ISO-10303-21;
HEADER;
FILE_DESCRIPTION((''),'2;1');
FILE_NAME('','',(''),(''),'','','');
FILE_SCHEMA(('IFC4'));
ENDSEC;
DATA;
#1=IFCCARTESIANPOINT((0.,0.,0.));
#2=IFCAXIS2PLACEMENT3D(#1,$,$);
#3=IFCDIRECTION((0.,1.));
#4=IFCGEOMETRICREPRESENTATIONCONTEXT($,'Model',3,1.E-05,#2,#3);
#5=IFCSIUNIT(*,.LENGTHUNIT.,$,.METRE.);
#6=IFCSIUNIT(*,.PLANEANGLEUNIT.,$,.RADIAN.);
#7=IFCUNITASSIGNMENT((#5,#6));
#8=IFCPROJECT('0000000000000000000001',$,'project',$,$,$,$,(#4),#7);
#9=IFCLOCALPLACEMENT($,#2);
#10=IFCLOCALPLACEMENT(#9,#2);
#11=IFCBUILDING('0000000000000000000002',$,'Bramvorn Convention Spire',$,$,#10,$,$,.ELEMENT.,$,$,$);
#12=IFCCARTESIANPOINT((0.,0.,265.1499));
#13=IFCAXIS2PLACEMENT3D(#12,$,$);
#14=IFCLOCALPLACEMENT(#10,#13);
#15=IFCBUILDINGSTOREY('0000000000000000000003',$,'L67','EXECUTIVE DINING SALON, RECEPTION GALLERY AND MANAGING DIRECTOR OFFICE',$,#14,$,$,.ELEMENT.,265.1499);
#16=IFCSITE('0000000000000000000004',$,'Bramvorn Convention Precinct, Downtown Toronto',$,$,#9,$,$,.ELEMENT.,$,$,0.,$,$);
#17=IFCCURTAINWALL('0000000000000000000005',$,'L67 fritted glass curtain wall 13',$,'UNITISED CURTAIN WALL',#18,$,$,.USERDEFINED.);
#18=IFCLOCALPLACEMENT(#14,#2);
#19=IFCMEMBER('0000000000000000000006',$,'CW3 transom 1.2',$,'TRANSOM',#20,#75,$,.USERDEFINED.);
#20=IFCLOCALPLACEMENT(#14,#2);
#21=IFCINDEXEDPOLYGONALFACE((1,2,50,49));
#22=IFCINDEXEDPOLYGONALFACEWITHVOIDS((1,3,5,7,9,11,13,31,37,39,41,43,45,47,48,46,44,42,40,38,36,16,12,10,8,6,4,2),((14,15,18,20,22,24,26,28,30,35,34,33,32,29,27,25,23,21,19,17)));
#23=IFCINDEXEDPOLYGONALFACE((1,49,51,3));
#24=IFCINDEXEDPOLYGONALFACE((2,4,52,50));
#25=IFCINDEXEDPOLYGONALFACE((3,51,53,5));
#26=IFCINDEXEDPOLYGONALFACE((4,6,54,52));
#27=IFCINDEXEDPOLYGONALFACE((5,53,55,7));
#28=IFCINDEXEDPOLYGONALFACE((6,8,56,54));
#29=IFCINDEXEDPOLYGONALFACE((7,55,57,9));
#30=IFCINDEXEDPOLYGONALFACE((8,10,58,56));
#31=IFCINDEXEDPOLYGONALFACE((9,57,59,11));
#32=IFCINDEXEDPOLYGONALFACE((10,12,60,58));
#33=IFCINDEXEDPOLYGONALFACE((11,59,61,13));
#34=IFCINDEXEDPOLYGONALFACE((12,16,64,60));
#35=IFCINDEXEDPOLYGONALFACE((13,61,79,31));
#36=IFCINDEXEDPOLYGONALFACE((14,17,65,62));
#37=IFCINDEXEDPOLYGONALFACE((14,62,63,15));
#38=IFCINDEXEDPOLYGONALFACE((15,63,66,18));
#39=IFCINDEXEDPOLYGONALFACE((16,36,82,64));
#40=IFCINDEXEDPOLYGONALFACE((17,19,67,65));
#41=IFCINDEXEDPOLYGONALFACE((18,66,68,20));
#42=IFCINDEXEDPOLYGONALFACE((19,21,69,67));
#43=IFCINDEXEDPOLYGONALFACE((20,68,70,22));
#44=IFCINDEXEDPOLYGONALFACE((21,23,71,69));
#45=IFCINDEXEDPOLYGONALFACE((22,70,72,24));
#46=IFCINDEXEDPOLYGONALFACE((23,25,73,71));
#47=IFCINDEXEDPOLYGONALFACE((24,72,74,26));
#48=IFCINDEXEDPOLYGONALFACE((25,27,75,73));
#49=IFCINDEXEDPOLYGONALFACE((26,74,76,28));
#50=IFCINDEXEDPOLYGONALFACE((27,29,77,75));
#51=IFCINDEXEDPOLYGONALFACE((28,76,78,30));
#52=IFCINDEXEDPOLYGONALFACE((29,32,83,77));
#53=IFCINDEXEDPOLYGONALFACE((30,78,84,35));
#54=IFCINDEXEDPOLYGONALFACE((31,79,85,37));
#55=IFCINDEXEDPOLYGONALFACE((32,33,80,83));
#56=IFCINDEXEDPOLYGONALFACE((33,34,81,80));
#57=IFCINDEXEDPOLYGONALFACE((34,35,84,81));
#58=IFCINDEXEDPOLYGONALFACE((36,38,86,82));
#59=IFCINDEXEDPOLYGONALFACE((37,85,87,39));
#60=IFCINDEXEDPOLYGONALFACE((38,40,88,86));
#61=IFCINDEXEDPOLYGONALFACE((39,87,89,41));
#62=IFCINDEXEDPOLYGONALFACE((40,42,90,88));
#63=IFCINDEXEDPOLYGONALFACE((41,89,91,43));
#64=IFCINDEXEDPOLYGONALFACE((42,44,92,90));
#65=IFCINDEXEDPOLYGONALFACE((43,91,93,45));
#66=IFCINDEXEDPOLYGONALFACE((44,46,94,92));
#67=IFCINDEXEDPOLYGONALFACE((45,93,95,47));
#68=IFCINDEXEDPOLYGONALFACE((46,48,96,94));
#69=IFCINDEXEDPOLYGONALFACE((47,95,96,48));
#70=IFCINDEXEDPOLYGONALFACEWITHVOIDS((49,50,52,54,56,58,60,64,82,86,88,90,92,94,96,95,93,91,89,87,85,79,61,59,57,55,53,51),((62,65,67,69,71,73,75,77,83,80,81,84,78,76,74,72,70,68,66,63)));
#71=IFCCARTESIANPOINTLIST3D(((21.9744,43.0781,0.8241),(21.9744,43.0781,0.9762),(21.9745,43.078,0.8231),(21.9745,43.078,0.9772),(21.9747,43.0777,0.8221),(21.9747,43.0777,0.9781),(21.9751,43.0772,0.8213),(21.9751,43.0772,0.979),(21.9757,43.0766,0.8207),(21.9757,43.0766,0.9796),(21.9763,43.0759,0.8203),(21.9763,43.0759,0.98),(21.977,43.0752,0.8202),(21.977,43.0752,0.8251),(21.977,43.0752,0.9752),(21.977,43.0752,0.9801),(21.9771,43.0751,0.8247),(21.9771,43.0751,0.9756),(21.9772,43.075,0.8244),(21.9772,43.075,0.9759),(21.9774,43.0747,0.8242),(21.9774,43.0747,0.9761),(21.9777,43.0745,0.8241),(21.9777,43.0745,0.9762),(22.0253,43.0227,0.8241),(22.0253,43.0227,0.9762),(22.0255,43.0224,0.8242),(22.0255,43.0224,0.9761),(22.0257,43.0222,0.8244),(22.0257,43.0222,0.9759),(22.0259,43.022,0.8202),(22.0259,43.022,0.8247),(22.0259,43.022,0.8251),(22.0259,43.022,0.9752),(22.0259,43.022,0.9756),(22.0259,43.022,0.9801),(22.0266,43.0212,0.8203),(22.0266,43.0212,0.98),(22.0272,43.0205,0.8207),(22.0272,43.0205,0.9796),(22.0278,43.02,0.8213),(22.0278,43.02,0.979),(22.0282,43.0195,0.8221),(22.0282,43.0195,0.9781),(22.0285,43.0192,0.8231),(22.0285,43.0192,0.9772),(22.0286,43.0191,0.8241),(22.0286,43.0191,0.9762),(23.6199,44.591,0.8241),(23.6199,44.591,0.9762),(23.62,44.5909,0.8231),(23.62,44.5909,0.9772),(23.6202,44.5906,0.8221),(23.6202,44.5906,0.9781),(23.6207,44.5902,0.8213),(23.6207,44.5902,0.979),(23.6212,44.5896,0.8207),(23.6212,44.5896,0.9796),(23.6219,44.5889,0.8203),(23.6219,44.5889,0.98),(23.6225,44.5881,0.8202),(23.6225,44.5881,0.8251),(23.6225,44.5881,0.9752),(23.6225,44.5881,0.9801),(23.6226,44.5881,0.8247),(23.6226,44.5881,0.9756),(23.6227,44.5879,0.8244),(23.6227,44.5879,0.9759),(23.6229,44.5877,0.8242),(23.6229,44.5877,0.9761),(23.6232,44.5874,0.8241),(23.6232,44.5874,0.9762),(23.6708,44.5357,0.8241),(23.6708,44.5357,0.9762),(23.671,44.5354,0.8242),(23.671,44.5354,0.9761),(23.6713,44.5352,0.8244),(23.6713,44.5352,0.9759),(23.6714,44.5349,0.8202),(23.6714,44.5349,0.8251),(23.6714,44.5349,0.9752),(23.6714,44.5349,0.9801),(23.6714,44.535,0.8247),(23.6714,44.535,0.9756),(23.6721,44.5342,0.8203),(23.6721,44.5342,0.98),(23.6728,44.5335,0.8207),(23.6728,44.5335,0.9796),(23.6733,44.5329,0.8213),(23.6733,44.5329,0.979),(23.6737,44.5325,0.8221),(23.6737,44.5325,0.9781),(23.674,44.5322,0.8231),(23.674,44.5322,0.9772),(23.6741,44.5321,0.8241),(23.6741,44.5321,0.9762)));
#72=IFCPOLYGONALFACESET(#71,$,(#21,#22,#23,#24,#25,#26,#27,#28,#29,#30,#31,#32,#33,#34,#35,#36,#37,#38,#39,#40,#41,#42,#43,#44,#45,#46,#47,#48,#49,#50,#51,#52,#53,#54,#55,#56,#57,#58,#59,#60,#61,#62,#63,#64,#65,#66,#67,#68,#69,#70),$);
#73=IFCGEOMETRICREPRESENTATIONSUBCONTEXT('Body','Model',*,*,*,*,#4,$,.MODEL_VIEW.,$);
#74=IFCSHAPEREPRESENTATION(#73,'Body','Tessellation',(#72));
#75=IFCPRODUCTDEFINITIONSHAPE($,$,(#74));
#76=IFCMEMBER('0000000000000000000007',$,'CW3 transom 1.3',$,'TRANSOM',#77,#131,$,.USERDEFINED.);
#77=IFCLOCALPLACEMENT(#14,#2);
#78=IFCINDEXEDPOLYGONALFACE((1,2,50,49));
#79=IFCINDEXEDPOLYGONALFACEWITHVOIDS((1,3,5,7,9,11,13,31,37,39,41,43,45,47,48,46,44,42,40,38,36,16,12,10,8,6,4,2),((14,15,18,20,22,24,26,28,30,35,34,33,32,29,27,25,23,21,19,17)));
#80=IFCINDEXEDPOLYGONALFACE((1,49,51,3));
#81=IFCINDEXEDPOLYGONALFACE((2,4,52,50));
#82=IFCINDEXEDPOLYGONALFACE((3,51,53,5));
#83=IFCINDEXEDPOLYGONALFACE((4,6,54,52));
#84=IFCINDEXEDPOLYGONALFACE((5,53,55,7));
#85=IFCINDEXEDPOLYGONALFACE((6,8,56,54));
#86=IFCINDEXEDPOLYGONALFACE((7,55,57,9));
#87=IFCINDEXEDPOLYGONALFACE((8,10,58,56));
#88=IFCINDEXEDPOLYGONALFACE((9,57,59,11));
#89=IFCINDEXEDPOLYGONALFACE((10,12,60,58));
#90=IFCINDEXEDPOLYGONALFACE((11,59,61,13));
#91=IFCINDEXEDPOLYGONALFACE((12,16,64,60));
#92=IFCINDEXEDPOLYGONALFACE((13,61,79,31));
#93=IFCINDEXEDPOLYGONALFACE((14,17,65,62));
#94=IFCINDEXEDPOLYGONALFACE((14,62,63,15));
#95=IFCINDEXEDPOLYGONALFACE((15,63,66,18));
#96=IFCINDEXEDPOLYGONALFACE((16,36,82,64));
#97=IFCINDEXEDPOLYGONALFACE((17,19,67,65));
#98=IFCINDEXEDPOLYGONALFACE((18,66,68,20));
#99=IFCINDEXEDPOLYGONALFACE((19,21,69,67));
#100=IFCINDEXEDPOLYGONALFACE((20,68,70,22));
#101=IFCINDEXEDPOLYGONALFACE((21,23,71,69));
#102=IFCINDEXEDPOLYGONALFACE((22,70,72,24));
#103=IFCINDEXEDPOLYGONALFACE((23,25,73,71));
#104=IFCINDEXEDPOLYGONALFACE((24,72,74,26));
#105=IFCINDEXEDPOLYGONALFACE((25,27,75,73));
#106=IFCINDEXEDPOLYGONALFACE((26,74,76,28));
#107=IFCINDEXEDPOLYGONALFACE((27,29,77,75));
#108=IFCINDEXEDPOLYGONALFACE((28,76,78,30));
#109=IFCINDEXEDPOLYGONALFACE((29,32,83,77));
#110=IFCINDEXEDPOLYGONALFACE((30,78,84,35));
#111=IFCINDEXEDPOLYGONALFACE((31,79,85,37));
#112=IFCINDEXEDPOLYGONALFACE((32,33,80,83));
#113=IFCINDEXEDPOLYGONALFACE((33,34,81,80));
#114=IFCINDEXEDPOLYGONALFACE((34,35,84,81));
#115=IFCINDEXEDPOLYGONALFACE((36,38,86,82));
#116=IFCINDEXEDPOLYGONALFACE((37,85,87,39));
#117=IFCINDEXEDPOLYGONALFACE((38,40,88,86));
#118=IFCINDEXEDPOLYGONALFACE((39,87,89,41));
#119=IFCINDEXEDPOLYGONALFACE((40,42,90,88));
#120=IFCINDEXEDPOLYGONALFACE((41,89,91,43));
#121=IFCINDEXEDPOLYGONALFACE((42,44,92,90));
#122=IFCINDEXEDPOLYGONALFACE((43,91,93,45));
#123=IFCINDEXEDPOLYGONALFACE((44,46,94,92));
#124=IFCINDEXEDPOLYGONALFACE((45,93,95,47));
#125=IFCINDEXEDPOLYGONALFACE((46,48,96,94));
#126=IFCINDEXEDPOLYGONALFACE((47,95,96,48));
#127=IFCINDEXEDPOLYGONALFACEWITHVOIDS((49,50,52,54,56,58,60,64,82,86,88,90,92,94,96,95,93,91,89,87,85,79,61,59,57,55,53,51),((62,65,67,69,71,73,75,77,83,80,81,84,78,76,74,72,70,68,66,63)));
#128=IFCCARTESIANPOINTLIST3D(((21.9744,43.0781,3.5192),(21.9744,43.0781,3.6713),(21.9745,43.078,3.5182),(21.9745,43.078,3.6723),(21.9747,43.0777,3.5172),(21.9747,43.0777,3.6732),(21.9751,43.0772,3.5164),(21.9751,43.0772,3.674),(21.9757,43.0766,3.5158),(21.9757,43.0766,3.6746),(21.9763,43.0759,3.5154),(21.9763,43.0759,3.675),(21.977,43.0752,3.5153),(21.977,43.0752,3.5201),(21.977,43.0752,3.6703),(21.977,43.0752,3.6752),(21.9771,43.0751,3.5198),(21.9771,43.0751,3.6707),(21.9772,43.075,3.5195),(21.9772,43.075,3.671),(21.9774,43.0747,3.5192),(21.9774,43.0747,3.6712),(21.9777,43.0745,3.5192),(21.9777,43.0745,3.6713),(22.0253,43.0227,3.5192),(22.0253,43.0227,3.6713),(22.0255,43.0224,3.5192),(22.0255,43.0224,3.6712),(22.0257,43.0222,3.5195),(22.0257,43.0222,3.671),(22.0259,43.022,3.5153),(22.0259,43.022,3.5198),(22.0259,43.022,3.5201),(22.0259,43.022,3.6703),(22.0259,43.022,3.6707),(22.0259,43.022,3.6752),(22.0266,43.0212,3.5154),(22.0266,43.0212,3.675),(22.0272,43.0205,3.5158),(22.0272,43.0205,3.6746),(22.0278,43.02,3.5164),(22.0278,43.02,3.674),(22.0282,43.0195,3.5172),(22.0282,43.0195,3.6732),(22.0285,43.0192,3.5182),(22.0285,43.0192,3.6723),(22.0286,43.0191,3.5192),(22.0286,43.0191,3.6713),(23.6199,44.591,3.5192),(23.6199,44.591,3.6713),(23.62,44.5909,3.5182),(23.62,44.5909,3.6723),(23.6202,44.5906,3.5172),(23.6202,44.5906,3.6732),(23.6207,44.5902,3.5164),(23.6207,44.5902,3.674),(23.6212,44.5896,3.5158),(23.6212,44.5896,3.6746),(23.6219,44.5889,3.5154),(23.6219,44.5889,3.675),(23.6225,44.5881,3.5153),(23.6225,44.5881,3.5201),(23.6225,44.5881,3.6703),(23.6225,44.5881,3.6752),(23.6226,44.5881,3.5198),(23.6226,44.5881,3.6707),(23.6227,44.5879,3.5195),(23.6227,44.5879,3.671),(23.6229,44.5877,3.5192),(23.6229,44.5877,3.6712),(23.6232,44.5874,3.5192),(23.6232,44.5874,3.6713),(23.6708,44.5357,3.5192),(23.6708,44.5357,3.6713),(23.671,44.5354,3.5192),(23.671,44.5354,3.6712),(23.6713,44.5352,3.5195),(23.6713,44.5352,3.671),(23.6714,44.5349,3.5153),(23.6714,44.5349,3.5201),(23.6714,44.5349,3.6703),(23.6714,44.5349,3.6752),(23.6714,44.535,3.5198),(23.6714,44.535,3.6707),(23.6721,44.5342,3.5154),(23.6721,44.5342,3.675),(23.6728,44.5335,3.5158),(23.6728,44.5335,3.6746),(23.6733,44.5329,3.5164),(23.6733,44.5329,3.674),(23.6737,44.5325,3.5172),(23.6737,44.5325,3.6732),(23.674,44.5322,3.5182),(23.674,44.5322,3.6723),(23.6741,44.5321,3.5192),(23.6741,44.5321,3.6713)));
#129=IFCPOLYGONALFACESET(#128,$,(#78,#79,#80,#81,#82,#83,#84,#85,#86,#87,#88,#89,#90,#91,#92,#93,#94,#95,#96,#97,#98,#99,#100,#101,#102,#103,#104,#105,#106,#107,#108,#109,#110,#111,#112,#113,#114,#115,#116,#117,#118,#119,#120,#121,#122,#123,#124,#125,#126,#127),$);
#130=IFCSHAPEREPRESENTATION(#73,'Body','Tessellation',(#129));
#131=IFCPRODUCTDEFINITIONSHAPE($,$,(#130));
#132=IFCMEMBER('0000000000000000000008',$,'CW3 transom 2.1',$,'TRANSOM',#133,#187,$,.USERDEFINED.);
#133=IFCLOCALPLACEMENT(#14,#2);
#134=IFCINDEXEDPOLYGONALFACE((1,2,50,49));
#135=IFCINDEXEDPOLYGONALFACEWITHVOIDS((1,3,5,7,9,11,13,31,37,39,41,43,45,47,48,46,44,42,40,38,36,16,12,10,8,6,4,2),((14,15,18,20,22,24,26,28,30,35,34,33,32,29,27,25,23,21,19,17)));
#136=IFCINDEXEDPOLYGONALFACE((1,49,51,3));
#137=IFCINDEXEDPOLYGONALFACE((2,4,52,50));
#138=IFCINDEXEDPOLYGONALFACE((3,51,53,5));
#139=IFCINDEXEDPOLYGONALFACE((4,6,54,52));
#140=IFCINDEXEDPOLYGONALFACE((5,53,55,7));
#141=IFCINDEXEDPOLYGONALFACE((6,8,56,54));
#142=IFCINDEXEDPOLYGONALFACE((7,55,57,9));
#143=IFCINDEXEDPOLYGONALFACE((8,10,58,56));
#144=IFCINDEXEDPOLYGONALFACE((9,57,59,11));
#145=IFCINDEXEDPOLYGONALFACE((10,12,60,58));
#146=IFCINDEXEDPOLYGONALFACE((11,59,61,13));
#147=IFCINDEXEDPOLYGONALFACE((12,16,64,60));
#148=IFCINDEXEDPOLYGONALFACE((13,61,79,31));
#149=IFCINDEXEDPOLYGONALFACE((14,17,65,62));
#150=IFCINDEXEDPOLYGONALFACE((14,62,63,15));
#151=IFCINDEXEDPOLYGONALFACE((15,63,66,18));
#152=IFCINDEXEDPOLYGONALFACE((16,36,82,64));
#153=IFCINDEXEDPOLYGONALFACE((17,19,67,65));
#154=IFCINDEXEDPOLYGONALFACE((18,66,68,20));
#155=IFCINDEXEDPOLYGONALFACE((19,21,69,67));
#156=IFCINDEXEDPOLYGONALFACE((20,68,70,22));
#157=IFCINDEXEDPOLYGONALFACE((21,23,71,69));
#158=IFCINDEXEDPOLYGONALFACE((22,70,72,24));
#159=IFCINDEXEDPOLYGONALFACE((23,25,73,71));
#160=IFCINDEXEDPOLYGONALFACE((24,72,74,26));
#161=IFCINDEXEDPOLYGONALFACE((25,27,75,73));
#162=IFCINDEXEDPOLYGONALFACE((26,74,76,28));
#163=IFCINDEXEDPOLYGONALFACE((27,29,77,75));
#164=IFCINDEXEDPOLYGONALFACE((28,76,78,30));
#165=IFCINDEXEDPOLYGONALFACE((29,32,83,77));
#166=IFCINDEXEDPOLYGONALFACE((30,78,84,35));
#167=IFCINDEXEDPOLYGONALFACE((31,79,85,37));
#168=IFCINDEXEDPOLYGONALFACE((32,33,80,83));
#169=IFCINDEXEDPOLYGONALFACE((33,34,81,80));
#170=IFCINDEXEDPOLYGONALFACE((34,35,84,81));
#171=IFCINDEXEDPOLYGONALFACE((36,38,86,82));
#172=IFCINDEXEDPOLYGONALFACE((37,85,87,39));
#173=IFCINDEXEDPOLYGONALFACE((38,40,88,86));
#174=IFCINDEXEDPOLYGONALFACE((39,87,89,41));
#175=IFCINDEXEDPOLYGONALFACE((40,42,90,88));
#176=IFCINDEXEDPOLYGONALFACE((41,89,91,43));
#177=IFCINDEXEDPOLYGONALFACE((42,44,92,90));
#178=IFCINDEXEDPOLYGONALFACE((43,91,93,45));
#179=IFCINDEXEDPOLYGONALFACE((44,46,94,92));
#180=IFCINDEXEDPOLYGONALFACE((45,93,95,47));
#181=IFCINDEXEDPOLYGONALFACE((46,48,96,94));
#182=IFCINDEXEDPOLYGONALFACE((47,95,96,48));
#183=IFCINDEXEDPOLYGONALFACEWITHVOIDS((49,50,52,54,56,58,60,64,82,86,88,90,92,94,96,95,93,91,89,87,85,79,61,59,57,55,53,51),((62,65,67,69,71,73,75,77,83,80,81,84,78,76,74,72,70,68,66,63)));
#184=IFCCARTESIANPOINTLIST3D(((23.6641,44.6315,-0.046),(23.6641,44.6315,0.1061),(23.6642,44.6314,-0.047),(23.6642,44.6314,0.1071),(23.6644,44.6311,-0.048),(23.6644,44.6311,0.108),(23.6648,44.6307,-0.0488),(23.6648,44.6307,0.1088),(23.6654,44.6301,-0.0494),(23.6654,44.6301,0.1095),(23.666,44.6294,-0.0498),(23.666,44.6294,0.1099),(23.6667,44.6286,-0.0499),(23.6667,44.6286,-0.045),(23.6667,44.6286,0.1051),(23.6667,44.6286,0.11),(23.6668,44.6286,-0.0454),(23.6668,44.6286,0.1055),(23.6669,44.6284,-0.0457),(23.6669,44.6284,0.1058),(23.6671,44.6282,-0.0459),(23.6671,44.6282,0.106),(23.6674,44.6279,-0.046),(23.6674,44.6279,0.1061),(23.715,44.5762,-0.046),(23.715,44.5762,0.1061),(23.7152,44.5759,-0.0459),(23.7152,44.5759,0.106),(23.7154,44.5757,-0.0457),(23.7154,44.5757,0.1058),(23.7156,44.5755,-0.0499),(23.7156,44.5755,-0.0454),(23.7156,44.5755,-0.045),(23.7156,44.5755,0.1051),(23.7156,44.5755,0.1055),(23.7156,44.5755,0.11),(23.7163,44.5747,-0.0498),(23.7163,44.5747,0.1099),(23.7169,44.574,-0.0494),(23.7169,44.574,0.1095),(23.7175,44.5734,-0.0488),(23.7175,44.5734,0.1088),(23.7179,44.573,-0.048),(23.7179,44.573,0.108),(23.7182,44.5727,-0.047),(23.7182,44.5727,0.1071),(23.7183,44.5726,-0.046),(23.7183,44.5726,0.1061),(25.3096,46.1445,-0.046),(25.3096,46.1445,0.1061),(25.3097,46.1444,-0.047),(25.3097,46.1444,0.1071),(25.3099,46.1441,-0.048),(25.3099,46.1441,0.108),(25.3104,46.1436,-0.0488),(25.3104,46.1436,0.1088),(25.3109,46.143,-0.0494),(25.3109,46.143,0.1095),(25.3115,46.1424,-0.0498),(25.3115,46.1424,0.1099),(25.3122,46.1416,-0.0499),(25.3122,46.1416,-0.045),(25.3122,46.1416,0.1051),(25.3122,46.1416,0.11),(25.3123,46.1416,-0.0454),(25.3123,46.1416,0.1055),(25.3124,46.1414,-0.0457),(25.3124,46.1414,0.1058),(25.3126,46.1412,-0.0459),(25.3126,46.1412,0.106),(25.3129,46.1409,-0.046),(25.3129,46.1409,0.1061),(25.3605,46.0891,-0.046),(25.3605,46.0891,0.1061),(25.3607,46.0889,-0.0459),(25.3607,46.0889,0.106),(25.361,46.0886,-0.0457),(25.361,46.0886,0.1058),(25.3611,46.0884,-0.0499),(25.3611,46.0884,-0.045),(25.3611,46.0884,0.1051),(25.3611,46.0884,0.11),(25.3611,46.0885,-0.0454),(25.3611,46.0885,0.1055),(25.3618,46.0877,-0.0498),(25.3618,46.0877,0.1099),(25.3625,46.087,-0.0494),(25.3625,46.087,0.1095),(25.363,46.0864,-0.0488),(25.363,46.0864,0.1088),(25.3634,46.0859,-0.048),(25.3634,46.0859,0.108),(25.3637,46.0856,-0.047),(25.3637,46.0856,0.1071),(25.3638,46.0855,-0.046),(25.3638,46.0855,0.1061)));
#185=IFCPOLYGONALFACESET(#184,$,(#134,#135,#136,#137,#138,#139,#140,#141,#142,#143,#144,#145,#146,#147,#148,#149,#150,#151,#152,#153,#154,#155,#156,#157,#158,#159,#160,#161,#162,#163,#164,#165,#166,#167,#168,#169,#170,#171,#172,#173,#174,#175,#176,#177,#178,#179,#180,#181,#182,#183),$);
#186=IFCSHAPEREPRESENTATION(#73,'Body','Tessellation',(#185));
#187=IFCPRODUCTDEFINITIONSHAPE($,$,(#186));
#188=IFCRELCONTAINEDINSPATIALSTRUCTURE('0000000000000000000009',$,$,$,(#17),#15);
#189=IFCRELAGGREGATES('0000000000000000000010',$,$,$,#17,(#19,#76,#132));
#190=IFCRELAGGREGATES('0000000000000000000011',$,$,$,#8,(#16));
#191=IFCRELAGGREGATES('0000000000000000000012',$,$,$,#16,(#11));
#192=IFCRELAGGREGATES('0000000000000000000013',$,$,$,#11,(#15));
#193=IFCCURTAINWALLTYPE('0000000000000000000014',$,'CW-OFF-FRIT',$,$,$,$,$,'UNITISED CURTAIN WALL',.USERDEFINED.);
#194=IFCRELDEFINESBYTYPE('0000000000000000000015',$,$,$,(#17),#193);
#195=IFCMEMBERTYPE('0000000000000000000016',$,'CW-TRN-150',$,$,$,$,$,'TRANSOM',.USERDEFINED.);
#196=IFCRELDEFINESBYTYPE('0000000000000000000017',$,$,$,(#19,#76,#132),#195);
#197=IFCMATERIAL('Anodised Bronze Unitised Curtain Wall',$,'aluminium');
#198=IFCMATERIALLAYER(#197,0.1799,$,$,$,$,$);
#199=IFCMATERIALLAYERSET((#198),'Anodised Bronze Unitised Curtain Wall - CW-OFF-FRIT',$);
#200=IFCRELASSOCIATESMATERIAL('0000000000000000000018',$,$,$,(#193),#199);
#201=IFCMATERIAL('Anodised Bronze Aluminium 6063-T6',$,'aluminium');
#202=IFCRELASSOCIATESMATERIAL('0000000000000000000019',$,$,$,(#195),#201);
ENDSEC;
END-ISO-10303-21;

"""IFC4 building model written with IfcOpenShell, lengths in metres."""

from ifc_helpers import new_model, si_unit, direction, frame, origin, origin_2d, place, context, subcontext, project, spatial, hollow_rectangle, extrude, material, layer, layer_set, material_profile, profile_set, type_object, element, aggregate, save


model = new_model("IFC4")

# Units and contexts
model_context = context("Model", 3, precision=1e-05, world=origin(), true_north=direction((0.0, 1.0)))
body_context = subcontext(model_context, "Body", "Model", "MODEL_VIEW")
ifc_project = project(units=[si_unit("LENGTHUNIT", "METRE"), si_unit("PLANEANGLEUNIT", "RADIAN")], contexts=[model_context])

# Site, building, storey
site_placement = place(None, origin())
site = spatial("IfcSite", under=ifc_project, at=site_placement, Name="Bramvorn Convention Precinct, Downtown Toronto", CompositionType="ELEMENT", RefElevation=0.0)
building_placement = place(site_placement, origin())
building = spatial("IfcBuilding", under=site, at=building_placement, Name="Bramvorn Convention Spire", CompositionType="ELEMENT")
storey_placement = place(building_placement, frame((0.0, 0.0, 265.1499)))
storey = spatial("IfcBuildingStorey", under=building, at=storey_placement, Name="L67", Description="EXECUTIVE DINING SALON, RECEPTION GALLERY AND MANAGING DIRECTOR OFFICE", CompositionType="ELEMENT", Elevation=265.1499)

# Curtain wall
ifc_material_1 = material(Name="Anodised Bronze Unitised Curtain Wall", Category="aluminium")
ifc_layer_1 = layer(ifc_material_1, 0.1799)
ifc_layer_set_1 = layer_set([ifc_layer_1], Name="Anodised Bronze Unitised Curtain Wall - CW-OFF-FRIT")
curtain_wall_type = type_object("IfcCurtainWallType", Name="CW-OFF-FRIT", ElementType="UNITISED CURTAIN WALL", PredefinedType="USERDEFINED", material=ifc_layer_set_1)
curtain_wall_1_placement = place(storey_placement, origin())
curtain_wall_1 = element("IfcCurtainWall", 1, at=curtain_wall_1_placement, inside=storey, type_object=curtain_wall_type, Name="L67 fritted glass curtain wall 13", ObjectType="UNITISED CURTAIN WALL", PredefinedType="USERDEFINED")
ifc_material_2 = material(Name="Anodised Bronze Aluminium 6063-T6", Category="aluminium")

# Members
ifc_material_profile_1 = material_profile(ifc_material_2, hollow_rectangle(XDim=0.0801, YDim=0.1599, WallThickness=0.0039, InnerFilletRadius=0.001, OuterFilletRadius=0.0039, at=origin_2d()))
ifc_profile_set_1 = profile_set([ifc_material_profile_1], Name="Anodised Bronze Aluminium 6063-T6 - CWT80X160")
member_type_1 = type_object("IfcMemberType", Name="CW-TRN-150", ElementType="TRANSOM", PredefinedType="USERDEFINED", material=ifc_profile_set_1)
member_1_placement = place(storey_placement, frame((22.0015, 43.0486, 0.9001), z_axis=(0.736138, 0.676832, 0.0), x_axis=(-0.676832, 0.736138, 0.0)))
member_1 = element("IfcMember", 2, at=member_1_placement, type_object=member_type_1, Name="CW3 transom 1.2", ObjectType="TRANSOM", PredefinedType="USERDEFINED", context=body_context, shape_type="SweptSolid", body=[
    extrude(hollow_rectangle(XDim=0.0801, YDim=0.1599, WallThickness=0.0039, InnerFilletRadius=0.001, OuterFilletRadius=0.0039, at=origin_2d()), origin(), (0.0, 0.0, 1.0), 2.2354),
])
member_2_placement = place(storey_placement, frame((22.0015, 43.0486, 3.5952), z_axis=(0.736138, 0.676832, 0.0), x_axis=(-0.676832, 0.736138, 0.0)))
member_2 = element("IfcMember", 3, at=member_2_placement, type_object=member_type_1, Name="CW3 transom 1.3", ObjectType="TRANSOM", PredefinedType="USERDEFINED", context=body_context, shape_type="SweptSolid", body=[
    extrude(hollow_rectangle(XDim=0.0801, YDim=0.1599, WallThickness=0.0039, InnerFilletRadius=0.001, OuterFilletRadius=0.0039, at=origin_2d()), origin(), (0.0, 0.0, 1.0), 2.2354),
])
member_3_placement = place(storey_placement, frame((23.6912, 44.6021, 0.03), z_axis=(0.736138, 0.676832, 0.0), x_axis=(-0.676832, 0.736138, 0.0)))
member_3 = element("IfcMember", 4, at=member_3_placement, type_object=member_type_1, Name="CW3 transom 2.1", ObjectType="TRANSOM", PredefinedType="USERDEFINED", context=body_context, shape_type="SweptSolid", body=[
    extrude(hollow_rectangle(XDim=0.0801, YDim=0.1599, WallThickness=0.0039, InnerFilletRadius=0.001, OuterFilletRadius=0.0039, at=origin_2d()), origin(), (0.0, 0.0, 1.0), 2.2354),
])

aggregate(curtain_wall_1, [member_1, member_2, member_3])

save(model, "model.ifc")
